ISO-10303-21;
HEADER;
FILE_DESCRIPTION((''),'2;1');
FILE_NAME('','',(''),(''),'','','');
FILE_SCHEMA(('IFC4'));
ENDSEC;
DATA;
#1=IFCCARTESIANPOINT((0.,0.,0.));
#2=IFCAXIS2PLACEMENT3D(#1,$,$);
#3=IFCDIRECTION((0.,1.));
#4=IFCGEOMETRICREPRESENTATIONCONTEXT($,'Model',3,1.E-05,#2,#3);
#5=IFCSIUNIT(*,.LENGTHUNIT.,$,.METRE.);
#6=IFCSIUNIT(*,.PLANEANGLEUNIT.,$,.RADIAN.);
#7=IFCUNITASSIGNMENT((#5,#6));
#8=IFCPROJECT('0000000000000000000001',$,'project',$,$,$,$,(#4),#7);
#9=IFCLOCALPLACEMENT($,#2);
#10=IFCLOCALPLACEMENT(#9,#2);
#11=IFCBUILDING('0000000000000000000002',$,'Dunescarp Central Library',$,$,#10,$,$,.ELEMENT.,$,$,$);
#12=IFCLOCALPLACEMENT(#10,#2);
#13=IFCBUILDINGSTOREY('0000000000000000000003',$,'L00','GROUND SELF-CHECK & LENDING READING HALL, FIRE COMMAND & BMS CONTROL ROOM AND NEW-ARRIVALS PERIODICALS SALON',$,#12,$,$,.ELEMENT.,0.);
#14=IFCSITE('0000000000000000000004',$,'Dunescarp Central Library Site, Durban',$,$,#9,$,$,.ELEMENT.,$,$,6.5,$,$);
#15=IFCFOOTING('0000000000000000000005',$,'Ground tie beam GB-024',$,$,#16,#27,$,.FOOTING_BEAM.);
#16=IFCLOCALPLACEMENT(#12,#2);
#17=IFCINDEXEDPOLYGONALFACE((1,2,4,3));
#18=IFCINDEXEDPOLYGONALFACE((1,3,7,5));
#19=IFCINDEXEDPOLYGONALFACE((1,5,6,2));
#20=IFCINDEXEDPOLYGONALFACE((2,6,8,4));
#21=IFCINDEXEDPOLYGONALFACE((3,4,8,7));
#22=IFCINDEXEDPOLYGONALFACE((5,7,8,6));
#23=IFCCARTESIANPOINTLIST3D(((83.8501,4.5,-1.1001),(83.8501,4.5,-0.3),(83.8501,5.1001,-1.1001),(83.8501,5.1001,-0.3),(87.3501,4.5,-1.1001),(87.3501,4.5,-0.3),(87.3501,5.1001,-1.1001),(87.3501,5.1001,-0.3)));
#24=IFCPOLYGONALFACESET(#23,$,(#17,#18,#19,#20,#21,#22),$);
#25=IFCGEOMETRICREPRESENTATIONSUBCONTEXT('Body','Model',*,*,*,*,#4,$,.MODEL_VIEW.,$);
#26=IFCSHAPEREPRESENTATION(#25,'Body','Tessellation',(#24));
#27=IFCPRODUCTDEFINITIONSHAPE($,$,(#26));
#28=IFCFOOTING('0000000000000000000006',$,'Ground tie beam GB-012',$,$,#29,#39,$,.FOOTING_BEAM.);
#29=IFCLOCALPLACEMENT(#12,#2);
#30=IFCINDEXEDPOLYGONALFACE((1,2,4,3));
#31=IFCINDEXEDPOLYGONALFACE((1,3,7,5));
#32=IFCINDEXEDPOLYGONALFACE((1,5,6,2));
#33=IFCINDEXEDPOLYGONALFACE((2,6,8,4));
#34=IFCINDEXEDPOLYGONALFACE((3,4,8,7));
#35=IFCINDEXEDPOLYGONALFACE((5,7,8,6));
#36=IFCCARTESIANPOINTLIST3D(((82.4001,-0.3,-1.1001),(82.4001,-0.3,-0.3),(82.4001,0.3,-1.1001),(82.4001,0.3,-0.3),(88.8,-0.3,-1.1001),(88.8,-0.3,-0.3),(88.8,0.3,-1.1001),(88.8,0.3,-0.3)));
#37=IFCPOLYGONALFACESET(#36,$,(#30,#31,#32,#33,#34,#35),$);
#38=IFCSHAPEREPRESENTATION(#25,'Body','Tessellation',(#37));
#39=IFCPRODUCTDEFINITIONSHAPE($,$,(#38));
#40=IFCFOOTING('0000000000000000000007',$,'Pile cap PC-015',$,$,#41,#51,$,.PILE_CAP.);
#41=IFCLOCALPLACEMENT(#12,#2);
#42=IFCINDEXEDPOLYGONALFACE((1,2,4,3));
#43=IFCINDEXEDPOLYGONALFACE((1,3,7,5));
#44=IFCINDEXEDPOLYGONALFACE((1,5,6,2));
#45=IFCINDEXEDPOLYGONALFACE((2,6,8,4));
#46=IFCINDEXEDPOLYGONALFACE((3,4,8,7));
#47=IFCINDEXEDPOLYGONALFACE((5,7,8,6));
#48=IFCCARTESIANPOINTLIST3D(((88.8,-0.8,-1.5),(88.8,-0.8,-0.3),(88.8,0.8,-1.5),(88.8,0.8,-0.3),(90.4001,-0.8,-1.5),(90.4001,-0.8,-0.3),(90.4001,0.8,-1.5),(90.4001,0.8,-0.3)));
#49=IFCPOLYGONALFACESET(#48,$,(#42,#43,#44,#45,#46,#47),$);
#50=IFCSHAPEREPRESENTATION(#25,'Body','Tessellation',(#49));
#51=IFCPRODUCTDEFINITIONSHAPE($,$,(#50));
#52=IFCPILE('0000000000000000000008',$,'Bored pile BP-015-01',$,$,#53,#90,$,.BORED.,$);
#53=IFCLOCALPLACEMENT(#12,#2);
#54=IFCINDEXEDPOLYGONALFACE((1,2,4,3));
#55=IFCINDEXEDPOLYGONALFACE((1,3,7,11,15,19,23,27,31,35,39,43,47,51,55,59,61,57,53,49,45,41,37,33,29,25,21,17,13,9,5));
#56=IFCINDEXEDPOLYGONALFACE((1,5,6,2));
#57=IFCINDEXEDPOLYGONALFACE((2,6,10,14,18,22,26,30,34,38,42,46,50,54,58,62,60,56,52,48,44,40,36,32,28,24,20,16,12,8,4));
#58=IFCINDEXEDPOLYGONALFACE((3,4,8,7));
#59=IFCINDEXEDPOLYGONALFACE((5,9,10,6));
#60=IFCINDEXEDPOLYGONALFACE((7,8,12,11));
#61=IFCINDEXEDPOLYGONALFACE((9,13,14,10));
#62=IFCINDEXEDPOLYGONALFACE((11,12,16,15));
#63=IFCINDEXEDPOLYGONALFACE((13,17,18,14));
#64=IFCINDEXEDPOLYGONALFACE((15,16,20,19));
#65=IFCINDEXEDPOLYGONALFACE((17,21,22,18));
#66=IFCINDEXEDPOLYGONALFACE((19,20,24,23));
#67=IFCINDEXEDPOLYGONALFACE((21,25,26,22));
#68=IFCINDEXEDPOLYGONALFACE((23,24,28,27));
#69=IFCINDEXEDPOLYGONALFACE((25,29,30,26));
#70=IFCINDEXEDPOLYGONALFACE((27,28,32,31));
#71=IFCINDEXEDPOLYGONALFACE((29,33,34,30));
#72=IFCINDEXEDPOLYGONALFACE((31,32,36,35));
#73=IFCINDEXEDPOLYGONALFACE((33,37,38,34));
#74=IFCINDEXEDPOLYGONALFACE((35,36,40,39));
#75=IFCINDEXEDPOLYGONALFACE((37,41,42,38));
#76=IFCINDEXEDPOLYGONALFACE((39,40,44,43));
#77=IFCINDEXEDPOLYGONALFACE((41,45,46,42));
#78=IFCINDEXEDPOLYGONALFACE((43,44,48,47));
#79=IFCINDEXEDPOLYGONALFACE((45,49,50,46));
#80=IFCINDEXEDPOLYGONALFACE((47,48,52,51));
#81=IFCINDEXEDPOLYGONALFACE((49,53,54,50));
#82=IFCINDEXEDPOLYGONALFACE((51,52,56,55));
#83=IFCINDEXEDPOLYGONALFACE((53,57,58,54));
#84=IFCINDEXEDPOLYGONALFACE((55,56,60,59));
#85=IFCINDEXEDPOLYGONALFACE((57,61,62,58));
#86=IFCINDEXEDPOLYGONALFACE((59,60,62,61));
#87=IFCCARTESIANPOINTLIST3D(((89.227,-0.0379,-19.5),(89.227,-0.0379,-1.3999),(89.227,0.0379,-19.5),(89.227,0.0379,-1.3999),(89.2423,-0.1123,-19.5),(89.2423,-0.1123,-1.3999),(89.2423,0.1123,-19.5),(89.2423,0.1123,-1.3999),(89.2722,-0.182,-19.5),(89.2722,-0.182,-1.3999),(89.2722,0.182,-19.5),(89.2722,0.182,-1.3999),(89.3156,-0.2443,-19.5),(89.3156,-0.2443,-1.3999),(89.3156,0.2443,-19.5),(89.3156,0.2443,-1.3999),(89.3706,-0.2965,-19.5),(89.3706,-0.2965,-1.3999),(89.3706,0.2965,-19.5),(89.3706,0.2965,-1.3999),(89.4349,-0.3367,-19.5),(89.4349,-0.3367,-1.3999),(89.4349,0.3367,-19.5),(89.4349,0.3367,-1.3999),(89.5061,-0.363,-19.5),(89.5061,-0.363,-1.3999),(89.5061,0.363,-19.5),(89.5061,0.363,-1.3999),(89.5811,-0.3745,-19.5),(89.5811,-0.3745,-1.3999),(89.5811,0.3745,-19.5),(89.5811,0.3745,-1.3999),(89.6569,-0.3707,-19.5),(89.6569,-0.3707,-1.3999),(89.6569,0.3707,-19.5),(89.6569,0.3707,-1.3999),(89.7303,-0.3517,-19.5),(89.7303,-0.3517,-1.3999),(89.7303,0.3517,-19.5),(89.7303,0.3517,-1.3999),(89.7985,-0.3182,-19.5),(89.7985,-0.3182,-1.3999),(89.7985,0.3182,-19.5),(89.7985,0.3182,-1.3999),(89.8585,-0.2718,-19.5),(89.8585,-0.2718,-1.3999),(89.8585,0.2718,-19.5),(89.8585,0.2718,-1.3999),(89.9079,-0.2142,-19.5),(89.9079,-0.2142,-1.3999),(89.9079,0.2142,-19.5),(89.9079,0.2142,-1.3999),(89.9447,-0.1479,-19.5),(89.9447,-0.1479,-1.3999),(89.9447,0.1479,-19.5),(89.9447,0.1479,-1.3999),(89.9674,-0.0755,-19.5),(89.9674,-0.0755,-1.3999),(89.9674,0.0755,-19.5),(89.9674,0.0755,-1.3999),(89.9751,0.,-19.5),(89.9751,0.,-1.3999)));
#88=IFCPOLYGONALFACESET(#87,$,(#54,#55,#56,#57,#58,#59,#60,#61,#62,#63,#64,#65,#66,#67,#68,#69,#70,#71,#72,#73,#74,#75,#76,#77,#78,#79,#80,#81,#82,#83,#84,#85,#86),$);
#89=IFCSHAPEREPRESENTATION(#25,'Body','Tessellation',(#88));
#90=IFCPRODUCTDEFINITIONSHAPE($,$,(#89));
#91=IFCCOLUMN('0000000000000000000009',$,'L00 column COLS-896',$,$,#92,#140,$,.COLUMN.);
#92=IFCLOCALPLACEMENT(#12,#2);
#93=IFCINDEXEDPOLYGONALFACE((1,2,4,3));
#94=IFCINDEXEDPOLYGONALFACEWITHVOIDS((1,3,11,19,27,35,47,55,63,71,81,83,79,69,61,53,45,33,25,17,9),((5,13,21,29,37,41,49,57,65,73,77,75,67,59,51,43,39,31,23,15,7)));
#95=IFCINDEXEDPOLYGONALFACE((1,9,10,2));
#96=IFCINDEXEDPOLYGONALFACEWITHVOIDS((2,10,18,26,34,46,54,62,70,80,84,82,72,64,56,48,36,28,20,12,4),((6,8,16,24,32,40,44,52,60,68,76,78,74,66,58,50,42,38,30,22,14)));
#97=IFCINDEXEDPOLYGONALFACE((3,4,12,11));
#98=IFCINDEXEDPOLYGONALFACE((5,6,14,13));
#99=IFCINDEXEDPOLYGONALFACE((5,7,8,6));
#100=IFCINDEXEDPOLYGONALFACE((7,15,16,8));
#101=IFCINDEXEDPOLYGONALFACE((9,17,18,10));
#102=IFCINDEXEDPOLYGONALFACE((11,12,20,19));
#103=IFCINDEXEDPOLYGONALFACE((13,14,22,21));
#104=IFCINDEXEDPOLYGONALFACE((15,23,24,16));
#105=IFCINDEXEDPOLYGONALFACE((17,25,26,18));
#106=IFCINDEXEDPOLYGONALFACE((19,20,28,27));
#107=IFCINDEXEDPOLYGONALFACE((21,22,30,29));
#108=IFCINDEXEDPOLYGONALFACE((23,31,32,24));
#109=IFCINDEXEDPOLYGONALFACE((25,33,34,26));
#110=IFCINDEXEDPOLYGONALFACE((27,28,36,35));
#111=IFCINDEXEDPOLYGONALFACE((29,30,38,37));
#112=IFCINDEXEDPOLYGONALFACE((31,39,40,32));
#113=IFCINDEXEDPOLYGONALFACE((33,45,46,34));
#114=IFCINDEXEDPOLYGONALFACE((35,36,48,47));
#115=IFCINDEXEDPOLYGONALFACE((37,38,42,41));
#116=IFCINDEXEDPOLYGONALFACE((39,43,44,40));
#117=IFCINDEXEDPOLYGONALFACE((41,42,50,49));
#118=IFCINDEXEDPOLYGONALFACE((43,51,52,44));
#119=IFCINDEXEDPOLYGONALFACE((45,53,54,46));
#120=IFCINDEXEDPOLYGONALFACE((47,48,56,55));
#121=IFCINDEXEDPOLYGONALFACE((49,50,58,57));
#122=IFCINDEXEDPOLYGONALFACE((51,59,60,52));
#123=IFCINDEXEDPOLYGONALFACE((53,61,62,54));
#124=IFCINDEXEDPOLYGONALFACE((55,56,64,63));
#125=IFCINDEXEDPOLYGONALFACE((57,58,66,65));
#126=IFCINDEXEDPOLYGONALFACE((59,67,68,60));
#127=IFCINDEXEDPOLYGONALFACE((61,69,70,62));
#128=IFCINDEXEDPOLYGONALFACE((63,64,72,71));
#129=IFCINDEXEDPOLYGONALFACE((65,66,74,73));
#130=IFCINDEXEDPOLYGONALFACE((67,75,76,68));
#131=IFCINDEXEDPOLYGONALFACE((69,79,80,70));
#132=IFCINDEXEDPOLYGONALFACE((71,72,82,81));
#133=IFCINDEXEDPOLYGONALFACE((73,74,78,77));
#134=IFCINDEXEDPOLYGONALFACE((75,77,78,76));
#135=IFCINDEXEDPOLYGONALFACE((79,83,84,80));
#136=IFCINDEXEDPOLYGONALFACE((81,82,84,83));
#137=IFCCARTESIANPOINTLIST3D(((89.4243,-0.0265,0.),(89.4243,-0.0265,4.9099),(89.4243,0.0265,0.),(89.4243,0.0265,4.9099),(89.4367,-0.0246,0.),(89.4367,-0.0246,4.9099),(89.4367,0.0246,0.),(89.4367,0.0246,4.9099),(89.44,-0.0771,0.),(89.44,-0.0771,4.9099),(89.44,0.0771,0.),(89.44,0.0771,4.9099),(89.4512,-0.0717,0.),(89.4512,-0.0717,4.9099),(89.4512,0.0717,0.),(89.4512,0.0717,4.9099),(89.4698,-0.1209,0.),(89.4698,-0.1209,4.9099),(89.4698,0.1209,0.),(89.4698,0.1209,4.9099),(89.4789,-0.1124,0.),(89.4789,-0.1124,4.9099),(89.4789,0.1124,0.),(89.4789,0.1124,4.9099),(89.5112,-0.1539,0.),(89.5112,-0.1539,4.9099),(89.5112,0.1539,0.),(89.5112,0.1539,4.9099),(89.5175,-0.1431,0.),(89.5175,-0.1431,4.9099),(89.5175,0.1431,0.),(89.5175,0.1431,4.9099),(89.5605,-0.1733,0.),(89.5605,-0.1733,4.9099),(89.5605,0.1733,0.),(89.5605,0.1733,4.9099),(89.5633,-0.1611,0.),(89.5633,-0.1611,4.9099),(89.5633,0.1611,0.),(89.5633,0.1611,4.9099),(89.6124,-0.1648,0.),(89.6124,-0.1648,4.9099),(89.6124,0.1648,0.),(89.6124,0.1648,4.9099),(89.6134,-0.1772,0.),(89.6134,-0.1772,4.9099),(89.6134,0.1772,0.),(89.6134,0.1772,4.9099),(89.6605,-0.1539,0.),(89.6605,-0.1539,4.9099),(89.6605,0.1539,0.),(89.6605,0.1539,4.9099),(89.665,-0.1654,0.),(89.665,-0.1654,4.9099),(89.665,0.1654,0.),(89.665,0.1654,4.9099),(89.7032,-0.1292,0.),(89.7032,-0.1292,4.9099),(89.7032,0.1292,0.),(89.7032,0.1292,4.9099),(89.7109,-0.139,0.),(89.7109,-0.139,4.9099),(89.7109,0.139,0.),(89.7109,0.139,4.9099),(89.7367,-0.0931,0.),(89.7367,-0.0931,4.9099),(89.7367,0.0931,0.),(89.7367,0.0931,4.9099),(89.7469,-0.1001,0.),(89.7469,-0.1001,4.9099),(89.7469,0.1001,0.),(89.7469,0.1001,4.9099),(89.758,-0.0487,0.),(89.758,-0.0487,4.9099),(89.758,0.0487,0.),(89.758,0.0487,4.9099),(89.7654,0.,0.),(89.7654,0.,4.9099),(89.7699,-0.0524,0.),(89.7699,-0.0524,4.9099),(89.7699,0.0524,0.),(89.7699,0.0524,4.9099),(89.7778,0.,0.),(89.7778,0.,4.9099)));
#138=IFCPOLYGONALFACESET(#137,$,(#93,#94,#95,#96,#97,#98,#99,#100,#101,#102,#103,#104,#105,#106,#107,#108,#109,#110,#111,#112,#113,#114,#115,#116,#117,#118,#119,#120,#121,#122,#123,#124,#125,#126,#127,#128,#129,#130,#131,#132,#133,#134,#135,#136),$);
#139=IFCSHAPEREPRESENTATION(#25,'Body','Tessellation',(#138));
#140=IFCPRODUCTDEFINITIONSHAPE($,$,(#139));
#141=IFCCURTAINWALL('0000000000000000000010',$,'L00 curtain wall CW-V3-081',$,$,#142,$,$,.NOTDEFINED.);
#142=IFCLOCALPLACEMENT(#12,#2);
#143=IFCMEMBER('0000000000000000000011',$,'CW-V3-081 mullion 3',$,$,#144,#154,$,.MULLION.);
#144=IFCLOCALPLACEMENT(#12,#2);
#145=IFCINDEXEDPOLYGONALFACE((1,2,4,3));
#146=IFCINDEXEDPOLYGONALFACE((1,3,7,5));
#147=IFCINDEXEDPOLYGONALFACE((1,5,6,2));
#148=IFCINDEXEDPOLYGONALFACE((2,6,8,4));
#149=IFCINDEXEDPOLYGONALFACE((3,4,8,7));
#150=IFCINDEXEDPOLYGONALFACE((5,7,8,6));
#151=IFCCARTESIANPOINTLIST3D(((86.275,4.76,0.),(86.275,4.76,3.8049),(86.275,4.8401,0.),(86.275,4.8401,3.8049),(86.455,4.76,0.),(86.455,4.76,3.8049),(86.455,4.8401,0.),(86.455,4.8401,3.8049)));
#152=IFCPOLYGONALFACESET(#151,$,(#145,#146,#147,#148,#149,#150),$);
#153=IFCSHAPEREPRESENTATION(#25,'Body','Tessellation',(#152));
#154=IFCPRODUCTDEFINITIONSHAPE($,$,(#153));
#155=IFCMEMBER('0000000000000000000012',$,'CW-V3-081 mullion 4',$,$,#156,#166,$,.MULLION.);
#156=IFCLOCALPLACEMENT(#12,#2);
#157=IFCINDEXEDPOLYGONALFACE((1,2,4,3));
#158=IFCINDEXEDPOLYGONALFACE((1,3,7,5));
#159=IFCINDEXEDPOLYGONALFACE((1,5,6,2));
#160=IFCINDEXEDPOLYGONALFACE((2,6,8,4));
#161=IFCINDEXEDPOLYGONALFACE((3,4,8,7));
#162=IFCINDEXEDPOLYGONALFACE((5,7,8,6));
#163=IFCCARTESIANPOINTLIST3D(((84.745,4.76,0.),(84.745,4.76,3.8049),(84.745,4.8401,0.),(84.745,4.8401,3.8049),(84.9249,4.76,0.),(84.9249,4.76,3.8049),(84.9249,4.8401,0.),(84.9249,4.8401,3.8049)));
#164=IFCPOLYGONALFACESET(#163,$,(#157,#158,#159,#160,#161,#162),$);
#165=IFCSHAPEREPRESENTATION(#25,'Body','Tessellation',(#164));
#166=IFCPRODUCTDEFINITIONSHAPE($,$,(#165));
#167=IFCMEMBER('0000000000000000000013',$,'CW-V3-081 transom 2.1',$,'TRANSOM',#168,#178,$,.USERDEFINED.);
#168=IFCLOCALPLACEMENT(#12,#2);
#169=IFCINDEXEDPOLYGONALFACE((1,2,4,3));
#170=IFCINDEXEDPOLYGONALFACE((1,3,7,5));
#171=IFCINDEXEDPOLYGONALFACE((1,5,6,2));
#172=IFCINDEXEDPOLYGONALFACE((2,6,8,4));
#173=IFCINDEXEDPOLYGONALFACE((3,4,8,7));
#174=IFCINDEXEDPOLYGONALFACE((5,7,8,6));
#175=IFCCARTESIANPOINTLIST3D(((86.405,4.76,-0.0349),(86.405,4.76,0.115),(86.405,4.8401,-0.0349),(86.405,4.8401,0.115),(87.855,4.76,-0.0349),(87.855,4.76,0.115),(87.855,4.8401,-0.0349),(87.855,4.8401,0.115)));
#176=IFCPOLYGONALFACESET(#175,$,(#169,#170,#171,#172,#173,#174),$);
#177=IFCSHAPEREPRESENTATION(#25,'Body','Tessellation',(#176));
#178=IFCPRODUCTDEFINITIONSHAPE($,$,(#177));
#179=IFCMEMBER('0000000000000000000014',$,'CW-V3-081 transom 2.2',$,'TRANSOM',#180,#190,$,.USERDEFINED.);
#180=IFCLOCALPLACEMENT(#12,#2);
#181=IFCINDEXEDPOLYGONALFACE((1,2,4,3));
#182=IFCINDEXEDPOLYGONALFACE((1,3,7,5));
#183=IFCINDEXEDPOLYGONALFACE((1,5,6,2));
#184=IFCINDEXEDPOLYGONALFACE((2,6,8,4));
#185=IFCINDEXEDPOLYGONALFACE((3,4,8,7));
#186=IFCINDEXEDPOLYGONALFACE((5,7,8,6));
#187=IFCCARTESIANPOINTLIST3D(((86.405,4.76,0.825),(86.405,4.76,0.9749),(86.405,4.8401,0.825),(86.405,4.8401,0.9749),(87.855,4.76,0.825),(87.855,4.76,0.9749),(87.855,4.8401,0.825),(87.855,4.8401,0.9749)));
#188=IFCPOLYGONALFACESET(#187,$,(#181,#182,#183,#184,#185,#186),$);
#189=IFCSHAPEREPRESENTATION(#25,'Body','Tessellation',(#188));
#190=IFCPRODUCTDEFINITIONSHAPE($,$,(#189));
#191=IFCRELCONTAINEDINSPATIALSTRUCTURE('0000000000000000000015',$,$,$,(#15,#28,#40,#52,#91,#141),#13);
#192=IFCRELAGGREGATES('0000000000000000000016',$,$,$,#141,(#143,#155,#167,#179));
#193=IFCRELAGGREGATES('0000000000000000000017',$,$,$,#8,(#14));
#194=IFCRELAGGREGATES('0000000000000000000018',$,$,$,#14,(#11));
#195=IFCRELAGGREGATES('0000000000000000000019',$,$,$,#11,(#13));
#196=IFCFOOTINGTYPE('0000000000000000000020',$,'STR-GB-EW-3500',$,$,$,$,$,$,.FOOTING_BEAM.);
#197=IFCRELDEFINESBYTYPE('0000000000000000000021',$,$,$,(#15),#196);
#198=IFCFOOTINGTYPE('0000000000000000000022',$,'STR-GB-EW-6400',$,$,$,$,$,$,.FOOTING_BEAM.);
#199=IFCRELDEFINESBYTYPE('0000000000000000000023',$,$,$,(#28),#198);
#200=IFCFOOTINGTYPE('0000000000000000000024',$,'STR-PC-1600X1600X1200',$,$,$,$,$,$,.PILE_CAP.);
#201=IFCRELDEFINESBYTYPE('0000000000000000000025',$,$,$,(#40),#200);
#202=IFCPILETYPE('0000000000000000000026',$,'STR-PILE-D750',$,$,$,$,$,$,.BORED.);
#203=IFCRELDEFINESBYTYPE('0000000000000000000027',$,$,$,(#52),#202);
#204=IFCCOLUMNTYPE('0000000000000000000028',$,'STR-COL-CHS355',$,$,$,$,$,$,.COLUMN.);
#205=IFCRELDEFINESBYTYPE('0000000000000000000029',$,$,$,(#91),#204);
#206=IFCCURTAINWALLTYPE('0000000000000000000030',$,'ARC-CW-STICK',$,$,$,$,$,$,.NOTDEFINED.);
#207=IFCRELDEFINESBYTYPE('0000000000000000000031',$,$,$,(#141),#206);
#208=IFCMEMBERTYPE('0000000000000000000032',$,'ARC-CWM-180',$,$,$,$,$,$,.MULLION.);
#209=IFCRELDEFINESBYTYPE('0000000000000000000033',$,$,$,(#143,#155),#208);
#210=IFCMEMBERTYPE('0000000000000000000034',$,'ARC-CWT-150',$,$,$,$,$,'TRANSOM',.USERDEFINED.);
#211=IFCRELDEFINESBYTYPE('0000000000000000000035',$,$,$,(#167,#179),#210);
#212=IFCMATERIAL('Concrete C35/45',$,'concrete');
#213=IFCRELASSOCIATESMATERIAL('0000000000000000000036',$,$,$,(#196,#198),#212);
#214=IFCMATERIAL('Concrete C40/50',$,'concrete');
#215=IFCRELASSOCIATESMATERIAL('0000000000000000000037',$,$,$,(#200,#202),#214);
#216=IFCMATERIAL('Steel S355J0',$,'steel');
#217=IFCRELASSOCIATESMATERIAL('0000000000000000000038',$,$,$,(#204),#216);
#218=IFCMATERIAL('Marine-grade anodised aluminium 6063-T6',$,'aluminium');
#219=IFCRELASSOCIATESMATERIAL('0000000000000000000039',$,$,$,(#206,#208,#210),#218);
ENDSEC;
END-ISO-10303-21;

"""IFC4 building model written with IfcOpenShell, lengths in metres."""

from ifc_helpers import new_model, si_unit, direction, frame, origin, origin_2d, place, context, subcontext, project, spatial, rectangle, circle, hollow_circle, extrude, material, material_profile, profile_set, type_object, element, aggregate, save


model = new_model("IFC4")

# Units and contexts
model_context = context("Model", 3, precision=1e-05, world=origin(), true_north=direction((0.0, 1.0)))
body_context = subcontext(model_context, "Body", "Model", "MODEL_VIEW")
ifc_project = project(units=[si_unit("LENGTHUNIT", "METRE"), si_unit("PLANEANGLEUNIT", "RADIAN")], contexts=[model_context])

# Site, building, storey
site_placement = place(None, origin())
site = spatial("IfcSite", under=ifc_project, at=site_placement, Name="Dunescarp Central Library Site, Durban", CompositionType="ELEMENT", RefElevation=6.5)
building_placement = place(site_placement, origin())
building = spatial("IfcBuilding", under=site, at=building_placement, Name="Dunescarp Central Library", CompositionType="ELEMENT")
storey_placement = place(building_placement, origin())
storey = spatial("IfcBuildingStorey", under=building, at=storey_placement, Name="L00", Description="GROUND SELF-CHECK & LENDING READING HALL, FIRE COMMAND & BMS CONTROL ROOM AND NEW-ARRIVALS PERIODICALS SALON", CompositionType="ELEMENT", Elevation=0.0)

# Footings
ifc_material_1 = material(Name="Concrete C35/45", Category="concrete")
footing_type_1 = type_object("IfcFootingType", Name="STR-GB-EW-3500", PredefinedType="FOOTING_BEAM", material=ifc_material_1)
footing_1_placement = place(storey_placement, frame((85.6001, 4.8, -1.1001), z_axis=(0.0, 0.0, 1.0), x_axis=(1.0, 0.0, 0.0)))
element("IfcFooting", 1, at=footing_1_placement, inside=storey, type_object=footing_type_1, Name="Ground tie beam GB-024", PredefinedType="FOOTING_BEAM", context=body_context, shape_type="SweptSolid", body=[
    extrude(rectangle(XDim=3.5, YDim=0.6001, at=origin_2d()), origin(), (0.0, 0.0, 1.0), 0.8),
])
footing_type_2 = type_object("IfcFootingType", Name="STR-GB-EW-6400", PredefinedType="FOOTING_BEAM", material=ifc_material_1)
footing_2_placement = place(storey_placement, frame((85.6001, 0.0, -1.1001), z_axis=(0.0, 0.0, 1.0), x_axis=(1.0, 0.0, 0.0)))
element("IfcFooting", 2, at=footing_2_placement, inside=storey, type_object=footing_type_2, Name="Ground tie beam GB-012", PredefinedType="FOOTING_BEAM", context=body_context, shape_type="SweptSolid", body=[
    extrude(rectangle(XDim=6.3999, YDim=0.6001, at=origin_2d()), origin(), (0.0, 0.0, 1.0), 0.8),
])
ifc_material_2 = material(Name="Concrete C40/50", Category="concrete")
footing_type_3 = type_object("IfcFootingType", Name="STR-PC-1600X1600X1200", PredefinedType="PILE_CAP", material=ifc_material_2)
footing_3_placement = place(storey_placement, frame((89.6001, 0.0, -1.5), z_axis=(0.0, 0.0, 1.0), x_axis=(1.0, 0.0, 0.0)))
element("IfcFooting", 3, at=footing_3_placement, inside=storey, type_object=footing_type_3, Name="Pile cap PC-015", PredefinedType="PILE_CAP", context=body_context, shape_type="SweptSolid", body=[
    extrude(rectangle(XDim=1.6001, YDim=1.6001, at=origin_2d()), origin(), (0.0, 0.0, 1.0), 1.2),
])

# Pile
ifc_material_profile_1 = material_profile(ifc_material_2, circle(Radius=0.375, at=origin_2d()), Name="PILE D750")
ifc_profile_set_1 = profile_set([ifc_material_profile_1], Name="Concrete C40/50")
pile_type = type_object("IfcPileType", Name="STR-PILE-D750", PredefinedType="BORED", material=ifc_profile_set_1)
pile_placement = place(storey_placement, frame((89.6001, 0.0, -1.3999), z_axis=(0.0, 0.0, -1.0), x_axis=(1.0, 0.0, 0.0)))
element("IfcPile", 4, at=pile_placement, inside=storey, type_object=pile_type, Name="Bored pile BP-015-01", PredefinedType="BORED", context=body_context, shape_type="SweptSolid", body=[
    extrude(circle(Radius=0.375, at=origin_2d()), origin(), (0.0, 0.0, 1.0), 18.1001),
])

# Column
ifc_material_3 = material(Name="Steel S355J0", Category="steel")
ifc_material_profile_2 = material_profile(ifc_material_3, hollow_circle(Radius=0.1777, WallThickness=0.0125, at=origin_2d()), Name="CHS 355.6x12.5")
ifc_profile_set_2 = profile_set([ifc_material_profile_2], Name="Steel S355J0")
column_type = type_object("IfcColumnType", Name="STR-COL-CHS355", PredefinedType="COLUMN", material=ifc_profile_set_2)
column_placement = place(storey_placement, frame((89.6001, 0.0, 0.0), z_axis=(0.0, 0.0, 1.0), x_axis=(1.0, 0.0, 0.0)))
element("IfcColumn", 5, at=column_placement, inside=storey, type_object=column_type, Name="L00 column COLS-896", PredefinedType="COLUMN", context=body_context, shape_type="SweptSolid", body=[
    extrude(hollow_circle(Radius=0.1777, WallThickness=0.0125, at=origin_2d()), origin(), (0.0, 0.0, 1.0), 4.9099),
])

# Curtain wall, members
ifc_material_4 = material(Name="Marine-grade anodised aluminium 6063-T6", Category="aluminium")
curtain_wall_type = type_object("IfcCurtainWallType", Name="ARC-CW-STICK", PredefinedType="NOTDEFINED", material=ifc_material_4)
curtain_wall_placement = place(storey_placement, origin())
curtain_wall = element("IfcCurtainWall", 6, at=curtain_wall_placement, inside=storey, type_object=curtain_wall_type, Name="L00 curtain wall CW-V3-081", PredefinedType="NOTDEFINED")
ifc_material_profile_3 = material_profile(ifc_material_4, rectangle(XDim=0.0801, YDim=0.1799, at=origin_2d()), Name="AL 80x180")
ifc_profile_set_3 = profile_set([ifc_material_profile_3], Name="Marine-grade anodised aluminium 6063-T6")
member_type_1 = type_object("IfcMemberType", Name="ARC-CWM-180", PredefinedType="MULLION", material=ifc_profile_set_3)
member_1_placement = place(storey_placement, frame((86.365, 4.8, 0.0), z_axis=(0.0, 0.0, 1.0), x_axis=(0.0, -1.0, 0.0)))
member_1 = element("IfcMember", 7, at=member_1_placement, type_object=member_type_1, Name="CW-V3-081 mullion 3", PredefinedType="MULLION", context=body_context, shape_type="SweptSolid", body=[
    extrude(rectangle(XDim=0.0801, YDim=0.1799, at=origin_2d()), origin(), (0.0, 0.0, 1.0), 3.8049),
])
member_2_placement = place(storey_placement, frame((84.835, 4.8, 0.0), z_axis=(0.0, 0.0, 1.0), x_axis=(0.0, -1.0, 0.0)))
member_2 = element("IfcMember", 8, at=member_2_placement, type_object=member_type_1, Name="CW-V3-081 mullion 4", PredefinedType="MULLION", context=body_context, shape_type="SweptSolid", body=[
    extrude(rectangle(XDim=0.0801, YDim=0.1799, at=origin_2d()), origin(), (0.0, 0.0, 1.0), 3.8049),
])
ifc_material_profile_4 = material_profile(ifc_material_4, rectangle(XDim=0.0801, YDim=0.1499, at=origin_2d()), Name="AL 80x150")
ifc_profile_set_4 = profile_set([ifc_material_profile_4], Name="Marine-grade anodised aluminium 6063-T6")
member_type_2 = type_object("IfcMemberType", Name="ARC-CWT-150", ElementType="TRANSOM", PredefinedType="USERDEFINED", material=ifc_profile_set_4)
member_3_placement = place(storey_placement, frame((87.855, 4.8, 0.04), z_axis=(-1.0, 0.0, 0.0), x_axis=(0.0, -1.0, 0.0)))
member_3 = element("IfcMember", 9, at=member_3_placement, type_object=member_type_2, Name="CW-V3-081 transom 2.1", ObjectType="TRANSOM", PredefinedType="USERDEFINED", context=body_context, shape_type="SweptSolid", body=[
    extrude(rectangle(XDim=0.0801, YDim=0.1499, at=origin_2d()), origin(), (0.0, 0.0, 1.0), 1.45),
])
member_4_placement = place(storey_placement, frame((87.855, 4.8, 0.8999), z_axis=(-1.0, 0.0, 0.0), x_axis=(0.0, -1.0, 0.0)))
member_4 = element("IfcMember", 10, at=member_4_placement, type_object=member_type_2, Name="CW-V3-081 transom 2.2", ObjectType="TRANSOM", PredefinedType="USERDEFINED", context=body_context, shape_type="SweptSolid", body=[
    extrude(rectangle(XDim=0.0801, YDim=0.1499, at=origin_2d()), origin(), (0.0, 0.0, 1.0), 1.45),
])
aggregate(curtain_wall, [member_1, member_2, member_3, member_4])

save(model, "model.ifc")
